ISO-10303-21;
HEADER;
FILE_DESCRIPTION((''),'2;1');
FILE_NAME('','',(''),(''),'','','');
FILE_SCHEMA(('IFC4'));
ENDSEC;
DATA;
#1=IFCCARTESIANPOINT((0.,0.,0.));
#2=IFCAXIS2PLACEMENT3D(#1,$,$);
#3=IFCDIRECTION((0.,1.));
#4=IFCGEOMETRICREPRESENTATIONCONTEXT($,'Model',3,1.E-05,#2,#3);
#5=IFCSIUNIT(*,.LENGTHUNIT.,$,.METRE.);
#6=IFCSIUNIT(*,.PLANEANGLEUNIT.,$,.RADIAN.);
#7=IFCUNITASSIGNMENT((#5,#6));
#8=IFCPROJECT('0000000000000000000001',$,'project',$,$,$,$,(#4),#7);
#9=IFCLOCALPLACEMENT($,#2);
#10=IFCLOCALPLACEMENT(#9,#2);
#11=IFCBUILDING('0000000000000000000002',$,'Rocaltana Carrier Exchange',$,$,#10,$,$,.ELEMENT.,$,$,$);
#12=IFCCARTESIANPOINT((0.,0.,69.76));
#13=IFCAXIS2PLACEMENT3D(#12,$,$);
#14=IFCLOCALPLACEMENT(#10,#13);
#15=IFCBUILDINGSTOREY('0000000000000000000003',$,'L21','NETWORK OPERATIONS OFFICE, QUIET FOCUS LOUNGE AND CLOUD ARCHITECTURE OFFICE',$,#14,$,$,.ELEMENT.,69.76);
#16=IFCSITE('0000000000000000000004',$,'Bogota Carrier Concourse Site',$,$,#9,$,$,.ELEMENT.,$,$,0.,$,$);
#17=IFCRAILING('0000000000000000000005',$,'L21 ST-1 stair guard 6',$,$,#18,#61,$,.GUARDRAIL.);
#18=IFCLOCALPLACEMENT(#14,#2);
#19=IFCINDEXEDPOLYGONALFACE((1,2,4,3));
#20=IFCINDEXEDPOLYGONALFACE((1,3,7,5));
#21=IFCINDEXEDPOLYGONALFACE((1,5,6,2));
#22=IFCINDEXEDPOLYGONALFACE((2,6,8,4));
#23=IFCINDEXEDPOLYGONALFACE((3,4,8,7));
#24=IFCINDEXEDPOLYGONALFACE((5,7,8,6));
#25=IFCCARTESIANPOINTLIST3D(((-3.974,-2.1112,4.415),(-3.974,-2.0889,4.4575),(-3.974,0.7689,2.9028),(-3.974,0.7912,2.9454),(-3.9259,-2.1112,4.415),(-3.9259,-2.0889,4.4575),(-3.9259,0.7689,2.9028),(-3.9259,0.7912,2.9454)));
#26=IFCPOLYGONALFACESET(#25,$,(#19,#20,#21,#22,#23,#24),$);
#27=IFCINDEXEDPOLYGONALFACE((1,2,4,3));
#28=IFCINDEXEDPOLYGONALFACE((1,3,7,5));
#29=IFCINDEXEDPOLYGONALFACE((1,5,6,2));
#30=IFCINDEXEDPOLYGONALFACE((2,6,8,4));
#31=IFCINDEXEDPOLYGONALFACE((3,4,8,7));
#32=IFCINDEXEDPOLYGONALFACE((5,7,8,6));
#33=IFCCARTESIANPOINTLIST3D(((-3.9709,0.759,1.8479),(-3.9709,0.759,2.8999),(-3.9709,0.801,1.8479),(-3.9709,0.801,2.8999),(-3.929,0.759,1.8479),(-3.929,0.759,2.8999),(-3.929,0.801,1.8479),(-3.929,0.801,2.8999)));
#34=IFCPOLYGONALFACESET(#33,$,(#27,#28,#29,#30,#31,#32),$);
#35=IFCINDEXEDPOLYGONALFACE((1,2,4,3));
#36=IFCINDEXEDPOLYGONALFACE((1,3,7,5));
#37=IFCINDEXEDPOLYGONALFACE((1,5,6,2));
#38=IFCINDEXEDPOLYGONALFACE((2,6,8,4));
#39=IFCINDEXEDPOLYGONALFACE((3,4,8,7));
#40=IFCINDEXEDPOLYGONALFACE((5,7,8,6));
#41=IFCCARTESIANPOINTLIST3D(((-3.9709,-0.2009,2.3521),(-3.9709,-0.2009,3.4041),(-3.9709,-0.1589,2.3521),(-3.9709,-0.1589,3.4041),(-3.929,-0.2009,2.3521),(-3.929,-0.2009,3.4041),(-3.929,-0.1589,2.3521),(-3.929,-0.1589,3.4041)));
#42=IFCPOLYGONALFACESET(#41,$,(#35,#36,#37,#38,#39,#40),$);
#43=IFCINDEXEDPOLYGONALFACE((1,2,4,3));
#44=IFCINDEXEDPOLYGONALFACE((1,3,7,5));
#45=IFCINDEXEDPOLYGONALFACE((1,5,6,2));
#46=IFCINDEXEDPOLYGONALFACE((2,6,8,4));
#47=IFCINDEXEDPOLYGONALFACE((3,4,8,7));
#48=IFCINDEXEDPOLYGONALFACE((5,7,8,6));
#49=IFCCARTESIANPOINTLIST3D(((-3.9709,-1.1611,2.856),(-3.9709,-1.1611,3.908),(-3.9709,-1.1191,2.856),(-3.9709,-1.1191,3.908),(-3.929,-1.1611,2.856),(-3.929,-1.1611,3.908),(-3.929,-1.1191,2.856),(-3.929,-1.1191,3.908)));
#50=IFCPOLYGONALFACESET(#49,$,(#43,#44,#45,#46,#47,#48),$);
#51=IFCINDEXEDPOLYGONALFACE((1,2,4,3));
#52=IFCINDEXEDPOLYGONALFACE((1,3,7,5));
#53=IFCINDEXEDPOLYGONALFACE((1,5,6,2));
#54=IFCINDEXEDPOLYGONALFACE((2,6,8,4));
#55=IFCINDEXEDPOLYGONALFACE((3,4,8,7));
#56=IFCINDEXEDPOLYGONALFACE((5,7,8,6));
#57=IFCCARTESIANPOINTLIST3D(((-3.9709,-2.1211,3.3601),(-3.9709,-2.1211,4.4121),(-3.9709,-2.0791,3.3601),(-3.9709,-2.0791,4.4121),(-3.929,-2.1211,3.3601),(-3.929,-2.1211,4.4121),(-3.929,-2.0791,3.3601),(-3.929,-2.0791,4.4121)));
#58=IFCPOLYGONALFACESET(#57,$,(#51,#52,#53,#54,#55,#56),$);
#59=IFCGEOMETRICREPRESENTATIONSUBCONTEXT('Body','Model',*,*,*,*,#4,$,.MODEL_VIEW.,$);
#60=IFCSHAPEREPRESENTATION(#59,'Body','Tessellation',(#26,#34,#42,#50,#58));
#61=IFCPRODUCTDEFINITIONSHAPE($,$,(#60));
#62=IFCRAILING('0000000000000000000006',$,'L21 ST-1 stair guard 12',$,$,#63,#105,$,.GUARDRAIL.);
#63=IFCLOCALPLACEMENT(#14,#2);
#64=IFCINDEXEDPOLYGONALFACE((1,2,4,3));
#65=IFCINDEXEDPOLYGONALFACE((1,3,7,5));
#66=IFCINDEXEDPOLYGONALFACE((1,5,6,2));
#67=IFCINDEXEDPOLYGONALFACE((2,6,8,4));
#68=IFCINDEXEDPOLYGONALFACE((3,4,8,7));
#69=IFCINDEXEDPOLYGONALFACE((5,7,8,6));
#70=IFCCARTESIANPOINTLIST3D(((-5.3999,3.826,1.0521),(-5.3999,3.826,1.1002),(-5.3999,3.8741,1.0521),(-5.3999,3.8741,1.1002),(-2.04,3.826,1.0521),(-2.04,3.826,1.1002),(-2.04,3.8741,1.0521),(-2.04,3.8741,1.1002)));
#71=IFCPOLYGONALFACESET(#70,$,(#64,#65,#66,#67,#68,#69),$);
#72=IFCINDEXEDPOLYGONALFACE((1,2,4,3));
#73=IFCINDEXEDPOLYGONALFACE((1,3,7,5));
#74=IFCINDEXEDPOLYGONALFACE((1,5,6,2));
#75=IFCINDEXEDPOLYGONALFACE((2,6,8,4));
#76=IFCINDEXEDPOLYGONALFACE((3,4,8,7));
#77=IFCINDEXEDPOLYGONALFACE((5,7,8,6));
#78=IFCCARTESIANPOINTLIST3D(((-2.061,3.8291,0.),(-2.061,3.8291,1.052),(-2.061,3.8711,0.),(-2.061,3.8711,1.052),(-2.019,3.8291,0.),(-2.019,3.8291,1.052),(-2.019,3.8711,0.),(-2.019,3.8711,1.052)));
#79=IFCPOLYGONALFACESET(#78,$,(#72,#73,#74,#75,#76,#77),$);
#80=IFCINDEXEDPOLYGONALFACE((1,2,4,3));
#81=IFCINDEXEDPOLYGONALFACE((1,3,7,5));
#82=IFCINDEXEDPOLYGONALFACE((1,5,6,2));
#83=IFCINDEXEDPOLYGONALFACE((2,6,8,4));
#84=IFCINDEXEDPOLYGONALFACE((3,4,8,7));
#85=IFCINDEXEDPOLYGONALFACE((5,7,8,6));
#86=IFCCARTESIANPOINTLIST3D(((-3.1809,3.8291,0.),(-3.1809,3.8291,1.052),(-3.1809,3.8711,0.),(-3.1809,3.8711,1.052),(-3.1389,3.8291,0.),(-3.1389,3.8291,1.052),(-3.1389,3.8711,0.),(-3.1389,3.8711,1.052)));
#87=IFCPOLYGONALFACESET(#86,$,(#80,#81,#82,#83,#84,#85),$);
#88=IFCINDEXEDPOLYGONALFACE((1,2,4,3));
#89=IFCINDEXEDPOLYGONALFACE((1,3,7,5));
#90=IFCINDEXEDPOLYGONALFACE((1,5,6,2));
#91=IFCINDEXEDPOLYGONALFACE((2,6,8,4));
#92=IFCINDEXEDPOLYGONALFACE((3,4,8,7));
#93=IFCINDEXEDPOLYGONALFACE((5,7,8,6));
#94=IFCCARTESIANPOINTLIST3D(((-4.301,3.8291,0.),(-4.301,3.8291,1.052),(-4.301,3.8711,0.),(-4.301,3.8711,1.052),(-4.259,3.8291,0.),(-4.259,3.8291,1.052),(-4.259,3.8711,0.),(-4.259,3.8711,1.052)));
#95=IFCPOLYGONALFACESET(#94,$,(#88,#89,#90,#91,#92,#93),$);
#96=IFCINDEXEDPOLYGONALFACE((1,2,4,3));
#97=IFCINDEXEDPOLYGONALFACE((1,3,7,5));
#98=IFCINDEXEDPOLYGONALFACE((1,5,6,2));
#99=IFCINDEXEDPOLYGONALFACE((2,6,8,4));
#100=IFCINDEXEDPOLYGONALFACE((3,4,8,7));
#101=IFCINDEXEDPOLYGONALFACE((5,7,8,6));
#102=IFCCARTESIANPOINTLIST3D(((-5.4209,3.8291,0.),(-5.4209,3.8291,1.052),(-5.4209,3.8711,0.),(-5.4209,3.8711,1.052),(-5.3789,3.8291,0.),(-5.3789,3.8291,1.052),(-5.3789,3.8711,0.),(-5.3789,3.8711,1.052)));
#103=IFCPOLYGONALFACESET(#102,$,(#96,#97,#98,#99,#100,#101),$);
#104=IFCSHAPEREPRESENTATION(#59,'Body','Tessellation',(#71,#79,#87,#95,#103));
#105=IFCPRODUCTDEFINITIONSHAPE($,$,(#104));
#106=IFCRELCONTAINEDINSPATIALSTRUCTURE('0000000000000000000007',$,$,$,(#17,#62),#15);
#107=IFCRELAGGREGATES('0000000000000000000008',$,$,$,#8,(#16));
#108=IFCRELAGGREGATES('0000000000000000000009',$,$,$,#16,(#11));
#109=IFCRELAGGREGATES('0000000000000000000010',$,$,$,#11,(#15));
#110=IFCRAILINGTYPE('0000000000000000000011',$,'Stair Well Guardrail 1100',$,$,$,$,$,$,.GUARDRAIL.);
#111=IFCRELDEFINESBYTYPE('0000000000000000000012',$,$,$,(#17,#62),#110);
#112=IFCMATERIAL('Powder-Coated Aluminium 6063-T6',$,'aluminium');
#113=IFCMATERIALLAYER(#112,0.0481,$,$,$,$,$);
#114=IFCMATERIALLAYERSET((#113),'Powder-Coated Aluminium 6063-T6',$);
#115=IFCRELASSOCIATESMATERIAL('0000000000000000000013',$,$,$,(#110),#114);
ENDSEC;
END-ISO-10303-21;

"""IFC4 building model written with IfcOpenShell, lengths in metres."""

from ifc_helpers import new_model, si_unit, direction, frame, origin, origin_2d, place, context, subcontext, project, spatial, rectangle, extrude, material, layer, layer_set, type_object, element, save


model = new_model("IFC4")

# Units and contexts
model_context = context("Model", 3, precision=1e-05, world=origin(), true_north=direction((0.0, 1.0)))
body_context = subcontext(model_context, "Body", "Model", "MODEL_VIEW")
ifc_project = project(units=[si_unit("LENGTHUNIT", "METRE"), si_unit("PLANEANGLEUNIT", "RADIAN")], contexts=[model_context])

# Site, building, storey
site_placement = place(None, origin())
site = spatial("IfcSite", under=ifc_project, at=site_placement, Name="Bogota Carrier Concourse Site", CompositionType="ELEMENT", RefElevation=0.0)
building_placement = place(site_placement, origin())
building = spatial("IfcBuilding", under=site, at=building_placement, Name="Rocaltana Carrier Exchange", CompositionType="ELEMENT")
storey_placement = place(building_placement, frame((0.0, 0.0, 69.76)))
storey = spatial("IfcBuildingStorey", under=building, at=storey_placement, Name="L21", Description="NETWORK OPERATIONS OFFICE, QUIET FOCUS LOUNGE AND CLOUD ARCHITECTURE OFFICE", CompositionType="ELEMENT", Elevation=69.76)

# Railings
ifc_material_1 = material(Name="Powder-Coated Aluminium 6063-T6", Category="aluminium")
ifc_layer_1 = layer(ifc_material_1, 0.0481)
ifc_layer_set_1 = layer_set([ifc_layer_1], Name="Powder-Coated Aluminium 6063-T6")
railing_type_1 = type_object("IfcRailingType", Name="Stair Well Guardrail 1100", PredefinedType="GUARDRAIL", material=ifc_layer_set_1)
railing_1_placement = place(storey_placement, frame((-3.95, 0.78, 1.8479)))
element("IfcRailing", 1, at=railing_1_placement, inside=storey, type_object=railing_type_1, Name="L21 ST-1 stair guard 6", PredefinedType="GUARDRAIL", context=body_context, shape_type="SweptSolid", body=[
    extrude(rectangle(XDim=0.0481, YDim=0.0481, at=origin_2d()), frame((0.0, 0.0, 1.0762), z_axis=(0.0, -0.88538, 0.464868), x_axis=(1.0, 0.0, 0.0)), (0.0, 0.0, 1.0), 3.2529),
    extrude(rectangle(XDim=0.042, YDim=0.042, at=origin_2d()), origin(), (0.0, 0.0, 1.0), 1.052),
    extrude(rectangle(XDim=0.042, YDim=0.042, at=origin_2d()), frame((0.0, -0.96, 0.5042)), (0.0, 0.0, 1.0), 1.052),
    extrude(rectangle(XDim=0.042, YDim=0.042, at=origin_2d()), frame((0.0, -1.9202, 1.0081)), (0.0, 0.0, 1.0), 1.052),
    extrude(rectangle(XDim=0.042, YDim=0.042, at=origin_2d()), frame((0.0, -2.8801, 1.5122)), (0.0, 0.0, 1.0), 1.052),
])
railing_2_placement = place(storey_placement, frame((-2.04, 3.8501, 0.0)))
element("IfcRailing", 2, at=railing_2_placement, inside=storey, type_object=railing_type_1, Name="L21 ST-1 stair guard 12", PredefinedType="GUARDRAIL", context=body_context, shape_type="SweptSolid", body=[
    extrude(rectangle(XDim=0.0481, YDim=0.0481, at=origin_2d()), frame((0.0, 0.0, 1.0762), z_axis=(-1.0, 0.0, 0.0), x_axis=(0.0, -1.0, 0.0)), (0.0, 0.0, 1.0), 3.3599),
    extrude(rectangle(XDim=0.042, YDim=0.042, at=origin_2d()), origin(), (0.0, 0.0, 1.0), 1.052),
    extrude(rectangle(XDim=0.042, YDim=0.042, at=origin_2d()), frame((-1.1199, 0.0, 0.0)), (0.0, 0.0, 1.0), 1.052),
    extrude(rectangle(XDim=0.042, YDim=0.042, at=origin_2d()), frame((-2.24, 0.0, 0.0)), (0.0, 0.0, 1.0), 1.052),
    extrude(rectangle(XDim=0.042, YDim=0.042, at=origin_2d()), frame((-3.3599, 0.0, 0.0)), (0.0, 0.0, 1.0), 1.052),
])

save(model, "model.ifc")
